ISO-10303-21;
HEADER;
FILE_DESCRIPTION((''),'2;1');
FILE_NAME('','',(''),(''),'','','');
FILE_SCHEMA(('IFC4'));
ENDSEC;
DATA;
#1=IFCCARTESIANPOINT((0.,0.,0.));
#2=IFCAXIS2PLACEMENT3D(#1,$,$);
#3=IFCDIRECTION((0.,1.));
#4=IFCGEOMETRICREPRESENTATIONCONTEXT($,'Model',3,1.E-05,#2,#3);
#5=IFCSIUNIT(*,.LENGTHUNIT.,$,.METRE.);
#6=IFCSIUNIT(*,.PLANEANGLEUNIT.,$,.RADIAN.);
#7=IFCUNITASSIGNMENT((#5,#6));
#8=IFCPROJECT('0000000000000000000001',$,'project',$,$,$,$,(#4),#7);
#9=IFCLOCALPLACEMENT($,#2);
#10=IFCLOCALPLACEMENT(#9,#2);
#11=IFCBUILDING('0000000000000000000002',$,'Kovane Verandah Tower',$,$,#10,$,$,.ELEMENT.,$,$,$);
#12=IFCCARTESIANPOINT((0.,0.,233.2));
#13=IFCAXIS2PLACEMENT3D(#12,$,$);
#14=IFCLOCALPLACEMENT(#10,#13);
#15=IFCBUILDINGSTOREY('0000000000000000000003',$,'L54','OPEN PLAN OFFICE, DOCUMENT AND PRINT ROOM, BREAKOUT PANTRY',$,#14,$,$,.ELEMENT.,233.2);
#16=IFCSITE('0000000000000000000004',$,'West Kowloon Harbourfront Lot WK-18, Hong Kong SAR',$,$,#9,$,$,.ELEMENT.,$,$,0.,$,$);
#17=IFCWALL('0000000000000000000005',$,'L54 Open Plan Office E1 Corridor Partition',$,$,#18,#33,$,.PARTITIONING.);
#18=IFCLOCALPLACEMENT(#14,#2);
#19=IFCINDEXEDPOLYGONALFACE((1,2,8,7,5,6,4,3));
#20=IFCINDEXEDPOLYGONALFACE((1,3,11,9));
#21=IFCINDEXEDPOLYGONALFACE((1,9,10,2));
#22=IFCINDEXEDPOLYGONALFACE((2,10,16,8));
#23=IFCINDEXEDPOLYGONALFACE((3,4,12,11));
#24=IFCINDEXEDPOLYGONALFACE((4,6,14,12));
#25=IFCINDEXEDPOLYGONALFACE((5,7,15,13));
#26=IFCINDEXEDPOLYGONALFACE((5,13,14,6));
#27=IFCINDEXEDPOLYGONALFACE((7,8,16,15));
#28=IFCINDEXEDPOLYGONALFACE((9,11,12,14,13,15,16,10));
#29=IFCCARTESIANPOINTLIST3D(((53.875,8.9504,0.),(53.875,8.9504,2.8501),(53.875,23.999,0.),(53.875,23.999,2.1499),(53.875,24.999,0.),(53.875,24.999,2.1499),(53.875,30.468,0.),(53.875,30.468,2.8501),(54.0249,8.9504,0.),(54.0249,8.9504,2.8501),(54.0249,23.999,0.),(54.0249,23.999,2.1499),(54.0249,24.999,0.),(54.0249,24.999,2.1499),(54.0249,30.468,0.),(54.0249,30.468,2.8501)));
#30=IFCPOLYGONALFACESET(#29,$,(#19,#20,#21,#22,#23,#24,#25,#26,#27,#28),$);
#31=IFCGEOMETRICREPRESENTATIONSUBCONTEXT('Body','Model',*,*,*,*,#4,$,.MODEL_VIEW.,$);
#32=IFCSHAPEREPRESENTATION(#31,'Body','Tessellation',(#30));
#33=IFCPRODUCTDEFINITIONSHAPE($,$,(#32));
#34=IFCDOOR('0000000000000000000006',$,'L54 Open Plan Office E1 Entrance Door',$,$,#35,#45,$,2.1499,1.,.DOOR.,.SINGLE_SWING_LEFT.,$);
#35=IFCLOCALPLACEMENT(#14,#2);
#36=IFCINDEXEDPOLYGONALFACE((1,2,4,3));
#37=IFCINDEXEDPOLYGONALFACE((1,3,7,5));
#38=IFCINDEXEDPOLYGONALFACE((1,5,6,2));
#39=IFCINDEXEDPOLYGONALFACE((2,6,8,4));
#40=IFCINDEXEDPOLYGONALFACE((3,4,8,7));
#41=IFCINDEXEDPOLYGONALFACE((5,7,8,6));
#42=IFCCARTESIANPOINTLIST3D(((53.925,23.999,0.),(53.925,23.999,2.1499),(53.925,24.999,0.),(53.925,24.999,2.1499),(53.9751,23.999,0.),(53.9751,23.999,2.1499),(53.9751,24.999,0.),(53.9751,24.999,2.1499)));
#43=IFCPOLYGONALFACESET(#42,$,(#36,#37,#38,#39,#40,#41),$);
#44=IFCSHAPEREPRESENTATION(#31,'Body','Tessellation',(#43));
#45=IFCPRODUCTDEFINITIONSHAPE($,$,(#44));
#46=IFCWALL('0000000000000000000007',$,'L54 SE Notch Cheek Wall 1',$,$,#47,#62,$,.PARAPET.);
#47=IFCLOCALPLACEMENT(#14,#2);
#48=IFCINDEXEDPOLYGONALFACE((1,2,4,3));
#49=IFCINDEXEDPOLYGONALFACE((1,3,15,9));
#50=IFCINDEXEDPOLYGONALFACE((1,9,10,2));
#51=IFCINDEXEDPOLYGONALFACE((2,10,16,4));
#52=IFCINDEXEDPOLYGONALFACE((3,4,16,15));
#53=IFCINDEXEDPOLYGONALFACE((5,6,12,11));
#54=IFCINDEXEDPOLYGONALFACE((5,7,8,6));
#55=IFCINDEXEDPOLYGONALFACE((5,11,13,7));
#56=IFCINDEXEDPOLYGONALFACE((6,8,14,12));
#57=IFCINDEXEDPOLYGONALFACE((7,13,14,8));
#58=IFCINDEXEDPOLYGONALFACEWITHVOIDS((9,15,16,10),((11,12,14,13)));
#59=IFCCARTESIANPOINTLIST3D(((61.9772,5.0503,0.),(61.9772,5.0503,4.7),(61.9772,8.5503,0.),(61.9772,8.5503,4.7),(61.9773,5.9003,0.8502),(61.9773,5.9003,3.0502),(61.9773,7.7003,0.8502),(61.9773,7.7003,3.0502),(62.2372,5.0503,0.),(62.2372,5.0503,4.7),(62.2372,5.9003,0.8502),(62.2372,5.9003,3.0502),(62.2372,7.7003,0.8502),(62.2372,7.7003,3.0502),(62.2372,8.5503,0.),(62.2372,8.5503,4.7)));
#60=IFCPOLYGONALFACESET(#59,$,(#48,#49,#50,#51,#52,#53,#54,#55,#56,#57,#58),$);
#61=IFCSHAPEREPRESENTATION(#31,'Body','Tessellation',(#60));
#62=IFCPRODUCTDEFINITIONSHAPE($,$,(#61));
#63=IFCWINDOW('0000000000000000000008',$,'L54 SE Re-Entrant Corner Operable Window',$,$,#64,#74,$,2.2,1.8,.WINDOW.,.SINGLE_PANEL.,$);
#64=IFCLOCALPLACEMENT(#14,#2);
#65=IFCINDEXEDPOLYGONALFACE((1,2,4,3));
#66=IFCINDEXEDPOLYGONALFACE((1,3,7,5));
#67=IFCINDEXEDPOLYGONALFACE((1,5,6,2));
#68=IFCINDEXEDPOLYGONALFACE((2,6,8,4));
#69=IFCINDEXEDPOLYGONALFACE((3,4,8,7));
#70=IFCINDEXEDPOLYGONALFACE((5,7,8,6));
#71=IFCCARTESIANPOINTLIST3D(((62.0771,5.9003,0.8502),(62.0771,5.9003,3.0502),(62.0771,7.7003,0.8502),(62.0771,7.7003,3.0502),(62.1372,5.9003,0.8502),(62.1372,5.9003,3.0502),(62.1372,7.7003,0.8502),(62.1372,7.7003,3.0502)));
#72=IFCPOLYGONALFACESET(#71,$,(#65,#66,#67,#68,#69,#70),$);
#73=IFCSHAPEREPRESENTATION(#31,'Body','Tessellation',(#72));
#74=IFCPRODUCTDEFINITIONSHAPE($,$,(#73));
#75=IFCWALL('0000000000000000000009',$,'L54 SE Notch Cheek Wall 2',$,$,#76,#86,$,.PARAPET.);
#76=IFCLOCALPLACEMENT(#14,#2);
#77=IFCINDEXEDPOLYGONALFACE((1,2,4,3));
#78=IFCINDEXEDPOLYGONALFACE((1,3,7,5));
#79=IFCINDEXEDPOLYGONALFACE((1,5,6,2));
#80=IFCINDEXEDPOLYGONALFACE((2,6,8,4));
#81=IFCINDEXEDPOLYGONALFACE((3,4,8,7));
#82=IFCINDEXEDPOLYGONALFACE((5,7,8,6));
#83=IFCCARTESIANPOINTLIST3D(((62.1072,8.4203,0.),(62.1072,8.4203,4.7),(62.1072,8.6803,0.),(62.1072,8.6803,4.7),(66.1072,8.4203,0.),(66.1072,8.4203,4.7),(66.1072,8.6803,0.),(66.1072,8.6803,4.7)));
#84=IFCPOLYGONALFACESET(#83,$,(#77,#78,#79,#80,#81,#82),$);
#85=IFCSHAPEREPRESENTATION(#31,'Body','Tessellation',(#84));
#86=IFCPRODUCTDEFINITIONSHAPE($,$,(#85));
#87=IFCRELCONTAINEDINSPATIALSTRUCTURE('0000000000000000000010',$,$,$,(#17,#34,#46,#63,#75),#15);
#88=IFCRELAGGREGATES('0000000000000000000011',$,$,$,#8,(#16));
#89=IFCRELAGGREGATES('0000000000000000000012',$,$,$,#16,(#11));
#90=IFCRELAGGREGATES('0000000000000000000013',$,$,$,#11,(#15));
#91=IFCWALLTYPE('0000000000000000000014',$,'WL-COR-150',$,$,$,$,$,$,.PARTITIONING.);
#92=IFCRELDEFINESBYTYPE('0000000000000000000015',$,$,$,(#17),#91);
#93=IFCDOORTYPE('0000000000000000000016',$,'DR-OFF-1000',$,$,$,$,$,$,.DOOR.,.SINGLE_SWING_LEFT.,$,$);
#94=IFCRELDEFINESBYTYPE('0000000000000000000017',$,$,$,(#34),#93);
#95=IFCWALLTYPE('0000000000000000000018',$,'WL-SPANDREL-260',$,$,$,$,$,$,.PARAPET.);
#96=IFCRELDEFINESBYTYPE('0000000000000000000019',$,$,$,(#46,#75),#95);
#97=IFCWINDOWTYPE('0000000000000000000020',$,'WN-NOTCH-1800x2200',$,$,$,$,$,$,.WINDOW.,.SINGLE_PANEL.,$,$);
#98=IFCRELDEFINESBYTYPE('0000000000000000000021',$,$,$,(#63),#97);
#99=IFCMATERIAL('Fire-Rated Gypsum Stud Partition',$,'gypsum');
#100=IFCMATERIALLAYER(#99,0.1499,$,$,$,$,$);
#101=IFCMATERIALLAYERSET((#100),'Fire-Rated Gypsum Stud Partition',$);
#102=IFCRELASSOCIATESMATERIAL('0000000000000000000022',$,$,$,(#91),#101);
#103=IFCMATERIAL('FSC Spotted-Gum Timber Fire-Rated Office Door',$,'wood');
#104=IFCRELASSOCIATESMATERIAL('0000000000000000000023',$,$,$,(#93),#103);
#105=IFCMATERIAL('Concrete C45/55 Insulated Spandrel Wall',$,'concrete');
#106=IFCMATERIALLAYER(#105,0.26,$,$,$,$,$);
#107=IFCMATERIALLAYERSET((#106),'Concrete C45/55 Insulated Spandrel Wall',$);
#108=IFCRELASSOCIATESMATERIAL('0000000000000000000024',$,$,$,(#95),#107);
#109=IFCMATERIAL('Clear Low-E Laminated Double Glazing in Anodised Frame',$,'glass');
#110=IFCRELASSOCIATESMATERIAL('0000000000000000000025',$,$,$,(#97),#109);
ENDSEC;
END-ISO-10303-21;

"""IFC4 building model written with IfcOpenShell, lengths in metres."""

from ifc_helpers import new_model, si_unit, direction, frame, frame_2d, origin, place, context, subcontext, project, spatial, rectangle, extrude, material, layer, layer_set, type_object, element, fill, save


model = new_model("IFC4")

# Units and contexts
model_context = context("Model", 3, precision=1e-05, world=origin(), true_north=direction((0.0, 1.0)))
body_context = subcontext(model_context, "Body", "Model", "MODEL_VIEW")
ifc_project = project(units=[si_unit("LENGTHUNIT", "METRE"), si_unit("PLANEANGLEUNIT", "RADIAN")], contexts=[model_context])

# Site, building, storey
site_placement = place(None, origin())
site = spatial("IfcSite", under=ifc_project, at=site_placement, Name="West Kowloon Harbourfront Lot WK-18, Hong Kong SAR", CompositionType="ELEMENT", RefElevation=0.0)
building_placement = place(site_placement, origin())
building = spatial("IfcBuilding", under=site, at=building_placement, Name="Kovane Verandah Tower", CompositionType="ELEMENT")
storey_placement = place(building_placement, frame((0.0, 0.0, 233.2)))
storey = spatial("IfcBuildingStorey", under=building, at=storey_placement, Name="L54", Description="OPEN PLAN OFFICE, DOCUMENT AND PRINT ROOM, BREAKOUT PANTRY", CompositionType="ELEMENT", Elevation=233.2)

# Wall, opening, door
ifc_material_1 = material(Name="Fire-Rated Gypsum Stud Partition", Category="gypsum")
ifc_layer_1 = layer(ifc_material_1, 0.1499)
ifc_layer_set_1 = layer_set([ifc_layer_1], Name="Fire-Rated Gypsum Stud Partition")
wall_type_1 = type_object("IfcWallType", Name="WL-COR-150", PredefinedType="PARTITIONING", material=ifc_layer_set_1)
wall_1_placement = place(storey_placement, frame((53.95, 8.9504, 0.0), z_axis=(0.0, 0.0, 1.0), x_axis=(0.0, 1.0, 0.0)))
wall_1 = element("IfcWall", 1, at=wall_1_placement, inside=storey, type_object=wall_type_1, Name="L54 Open Plan Office E1 Corridor Partition", PredefinedType="PARTITIONING", context=body_context, shape_type="SweptSolid", body=[
    extrude(rectangle(XDim=21.5176, YDim=0.1499, at=frame_2d((10.7588, 0.0))), origin(), (0.0, 0.0, 1.0), 2.8501),
])
opening_1_placement = place(wall_1_placement, frame((15.0486, 0.0, 0.0)))
opening_1 = element("IfcOpeningElement", 2, at=opening_1_placement, cuts=wall_1, PredefinedType="OPENING", context=body_context, shape_type="SweptSolid", body=[
    extrude(rectangle(XDim=1.0, YDim=2.1499, at=frame_2d((0.5, 1.075))), frame((0.0, 0.075, 0.0), z_axis=(0.0, -1.0, 0.0), x_axis=(1.0, 0.0, 0.0)), (0.0, 0.0, 1.0), 0.1499),
])
ifc_material_2 = material(Name="FSC Spotted-Gum Timber Fire-Rated Office Door", Category="wood")
door_type = type_object("IfcDoorType", Name="DR-OFF-1000", OperationType="SINGLE_SWING_LEFT", PredefinedType="DOOR", material=ifc_material_2)
door_placement = place(opening_1_placement, origin())
door = element("IfcDoor", 3, at=door_placement, inside=storey, type_object=door_type, Name="L54 Open Plan Office E1 Entrance Door", OperationType="SINGLE_SWING_LEFT", OverallHeight=2.1499, OverallWidth=1.0, PredefinedType="DOOR", context=body_context, shape_type="SweptSolid", body=[
    extrude(rectangle(XDim=1.0, YDim=2.1499, at=frame_2d((0.5, 1.075))), frame((0.0, 0.0249, 0.0), z_axis=(0.0, -1.0, 0.0), x_axis=(1.0, 0.0, 0.0)), (0.0, 0.0, 1.0), 0.05),
])
fill(opening_1, door)

# Wall, opening, window
ifc_material_3 = material(Name="Concrete C45/55 Insulated Spandrel Wall", Category="concrete")
ifc_layer_2 = layer(ifc_material_3, 0.26)
ifc_layer_set_2 = layer_set([ifc_layer_2], Name="Concrete C45/55 Insulated Spandrel Wall")
wall_type_2 = type_object("IfcWallType", Name="WL-SPANDREL-260", PredefinedType="PARAPET", material=ifc_layer_set_2)
wall_2_placement = place(storey_placement, frame((62.1072, 5.0503, 0.0), z_axis=(0.0, 0.0, 1.0), x_axis=(0.0, 1.0, 0.0)))
wall_2 = element("IfcWall", 4, at=wall_2_placement, inside=storey, type_object=wall_type_2, Name="L54 SE Notch Cheek Wall 1", PredefinedType="PARAPET", context=body_context, shape_type="SweptSolid", body=[
    extrude(rectangle(XDim=3.5, YDim=0.26, at=frame_2d((1.75, 0.0))), origin(), (0.0, 0.0, 1.0), 4.7),
])
opening_2_placement = place(wall_2_placement, frame((0.8501, 0.0, 0.8501)))
opening_2 = element("IfcOpeningElement", 5, at=opening_2_placement, cuts=wall_2, PredefinedType="OPENING", context=body_context, shape_type="SweptSolid", body=[
    extrude(rectangle(XDim=1.8, YDim=2.2, at=frame_2d((0.8999, 1.1001))), frame((0.0, 0.1299, 0.0), z_axis=(0.0, -1.0, 0.0), x_axis=(1.0, 0.0, 0.0)), (0.0, 0.0, 1.0), 0.26),
])
ifc_material_4 = material(Name="Clear Low-E Laminated Double Glazing in Anodised Frame", Category="glass")
window_type = type_object("IfcWindowType", Name="WN-NOTCH-1800x2200", PartitioningType="SINGLE_PANEL", PredefinedType="WINDOW", material=ifc_material_4)
window_placement = place(opening_2_placement, origin())
window = element("IfcWindow", 6, at=window_placement, inside=storey, type_object=window_type, Name="L54 SE Re-Entrant Corner Operable Window", OverallHeight=2.2, OverallWidth=1.8, PartitioningType="SINGLE_PANEL", PredefinedType="WINDOW", context=body_context, shape_type="SweptSolid", body=[
    extrude(rectangle(XDim=1.8, YDim=2.2, at=frame_2d((0.8999, 1.1001))), frame((0.0, 0.03, 0.0), z_axis=(0.0, -1.0, 0.0), x_axis=(1.0, 0.0, 0.0)), (0.0, 0.0, 1.0), 0.0601),
])
fill(opening_2, window)

# Wall
wall_3_placement = place(storey_placement, frame((62.1072, 8.5503, 0.0), z_axis=(0.0, 0.0, 1.0), x_axis=(1.0, 0.0, 0.0)))
element("IfcWall", 7, at=wall_3_placement, inside=storey, type_object=wall_type_2, Name="L54 SE Notch Cheek Wall 2", PredefinedType="PARAPET", context=body_context, shape_type="SweptSolid", body=[
    extrude(rectangle(XDim=4.0, YDim=0.26, at=frame_2d((2.0, 0.0))), origin(), (0.0, 0.0, 1.0), 4.7),
])

save(model, "model.ifc")
